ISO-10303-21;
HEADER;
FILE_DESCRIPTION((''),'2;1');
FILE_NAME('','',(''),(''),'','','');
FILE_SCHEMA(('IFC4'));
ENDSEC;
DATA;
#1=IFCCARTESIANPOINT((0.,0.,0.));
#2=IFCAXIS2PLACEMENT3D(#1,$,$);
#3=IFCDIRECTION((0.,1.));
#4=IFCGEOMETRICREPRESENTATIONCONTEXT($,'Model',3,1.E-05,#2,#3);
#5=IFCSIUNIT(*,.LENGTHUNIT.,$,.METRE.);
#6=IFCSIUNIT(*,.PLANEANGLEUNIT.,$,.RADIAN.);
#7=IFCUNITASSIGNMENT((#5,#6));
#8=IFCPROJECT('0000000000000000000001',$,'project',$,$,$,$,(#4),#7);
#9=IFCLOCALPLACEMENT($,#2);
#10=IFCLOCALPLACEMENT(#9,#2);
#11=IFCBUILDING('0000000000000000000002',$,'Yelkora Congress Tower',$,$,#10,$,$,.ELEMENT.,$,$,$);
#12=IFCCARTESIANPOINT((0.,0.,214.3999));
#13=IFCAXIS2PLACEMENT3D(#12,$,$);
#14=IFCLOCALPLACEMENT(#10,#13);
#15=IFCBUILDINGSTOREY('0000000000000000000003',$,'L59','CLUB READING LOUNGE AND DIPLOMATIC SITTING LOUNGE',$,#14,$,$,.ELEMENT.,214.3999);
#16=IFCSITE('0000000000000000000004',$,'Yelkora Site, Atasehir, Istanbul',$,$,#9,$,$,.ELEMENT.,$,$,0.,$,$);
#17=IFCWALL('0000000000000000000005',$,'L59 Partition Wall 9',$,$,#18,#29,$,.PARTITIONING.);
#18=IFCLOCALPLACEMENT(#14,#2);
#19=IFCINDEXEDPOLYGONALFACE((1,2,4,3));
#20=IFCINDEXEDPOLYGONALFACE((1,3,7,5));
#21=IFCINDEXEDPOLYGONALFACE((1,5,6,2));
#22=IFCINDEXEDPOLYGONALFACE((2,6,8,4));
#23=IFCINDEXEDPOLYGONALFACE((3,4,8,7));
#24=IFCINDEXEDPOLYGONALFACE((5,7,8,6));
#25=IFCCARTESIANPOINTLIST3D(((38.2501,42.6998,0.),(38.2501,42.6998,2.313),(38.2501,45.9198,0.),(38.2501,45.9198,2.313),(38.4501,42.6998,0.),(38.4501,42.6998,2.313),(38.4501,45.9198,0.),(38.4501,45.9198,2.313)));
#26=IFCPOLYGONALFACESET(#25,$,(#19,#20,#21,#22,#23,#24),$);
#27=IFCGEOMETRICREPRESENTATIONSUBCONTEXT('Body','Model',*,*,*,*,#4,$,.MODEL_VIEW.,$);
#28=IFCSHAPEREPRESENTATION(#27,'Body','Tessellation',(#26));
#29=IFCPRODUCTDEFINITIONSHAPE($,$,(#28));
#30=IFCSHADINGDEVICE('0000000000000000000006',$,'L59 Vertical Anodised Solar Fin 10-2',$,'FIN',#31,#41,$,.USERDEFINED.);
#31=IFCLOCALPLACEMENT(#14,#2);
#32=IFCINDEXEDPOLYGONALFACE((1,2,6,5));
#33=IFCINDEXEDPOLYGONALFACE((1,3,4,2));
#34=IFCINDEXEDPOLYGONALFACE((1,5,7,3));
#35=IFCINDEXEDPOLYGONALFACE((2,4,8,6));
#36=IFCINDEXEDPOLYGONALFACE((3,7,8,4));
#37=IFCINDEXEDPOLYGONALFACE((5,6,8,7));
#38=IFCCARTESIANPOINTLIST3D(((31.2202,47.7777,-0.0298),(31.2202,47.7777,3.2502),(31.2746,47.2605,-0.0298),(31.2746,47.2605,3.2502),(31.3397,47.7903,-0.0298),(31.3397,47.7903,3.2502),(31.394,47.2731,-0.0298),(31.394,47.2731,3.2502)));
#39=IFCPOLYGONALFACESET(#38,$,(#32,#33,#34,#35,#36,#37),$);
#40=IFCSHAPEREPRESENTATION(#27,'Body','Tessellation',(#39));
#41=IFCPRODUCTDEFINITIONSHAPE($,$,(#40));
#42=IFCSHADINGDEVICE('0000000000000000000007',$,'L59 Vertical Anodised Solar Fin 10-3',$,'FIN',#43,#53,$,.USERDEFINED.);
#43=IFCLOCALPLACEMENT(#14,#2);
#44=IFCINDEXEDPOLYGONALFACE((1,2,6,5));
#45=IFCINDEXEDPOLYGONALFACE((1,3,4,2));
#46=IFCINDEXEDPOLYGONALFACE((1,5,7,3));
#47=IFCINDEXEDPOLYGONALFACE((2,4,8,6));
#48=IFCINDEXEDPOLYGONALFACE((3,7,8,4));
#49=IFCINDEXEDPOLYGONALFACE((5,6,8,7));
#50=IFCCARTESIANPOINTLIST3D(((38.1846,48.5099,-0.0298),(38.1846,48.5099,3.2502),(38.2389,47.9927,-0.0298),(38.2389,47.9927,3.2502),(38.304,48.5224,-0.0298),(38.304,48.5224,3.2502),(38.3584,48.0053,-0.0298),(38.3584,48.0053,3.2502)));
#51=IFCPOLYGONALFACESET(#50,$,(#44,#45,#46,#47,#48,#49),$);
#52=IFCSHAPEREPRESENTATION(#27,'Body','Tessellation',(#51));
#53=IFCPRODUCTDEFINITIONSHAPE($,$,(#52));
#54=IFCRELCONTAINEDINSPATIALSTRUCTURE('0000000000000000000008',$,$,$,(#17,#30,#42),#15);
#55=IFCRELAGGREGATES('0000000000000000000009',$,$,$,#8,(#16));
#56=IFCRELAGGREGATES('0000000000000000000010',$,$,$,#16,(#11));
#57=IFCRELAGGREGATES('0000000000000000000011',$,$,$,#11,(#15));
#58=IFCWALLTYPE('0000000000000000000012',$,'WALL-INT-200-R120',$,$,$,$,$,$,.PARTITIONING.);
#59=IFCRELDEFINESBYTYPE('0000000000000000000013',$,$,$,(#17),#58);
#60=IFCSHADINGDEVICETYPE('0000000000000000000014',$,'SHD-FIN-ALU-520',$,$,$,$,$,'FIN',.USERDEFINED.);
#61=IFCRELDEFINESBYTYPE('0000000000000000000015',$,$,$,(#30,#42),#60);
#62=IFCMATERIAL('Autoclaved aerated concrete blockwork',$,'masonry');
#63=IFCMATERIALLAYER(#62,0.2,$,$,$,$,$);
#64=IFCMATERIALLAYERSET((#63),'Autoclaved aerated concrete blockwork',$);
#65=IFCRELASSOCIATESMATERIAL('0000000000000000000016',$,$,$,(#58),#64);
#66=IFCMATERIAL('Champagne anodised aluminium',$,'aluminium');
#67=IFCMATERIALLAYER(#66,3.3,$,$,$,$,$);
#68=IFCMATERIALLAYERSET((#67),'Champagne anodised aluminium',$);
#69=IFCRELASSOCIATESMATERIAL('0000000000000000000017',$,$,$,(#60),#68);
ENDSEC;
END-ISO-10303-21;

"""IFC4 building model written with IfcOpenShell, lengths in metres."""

from ifc_helpers import new_model, si_unit, direction, frame, frame_2d, origin, origin_2d, place, context, subcontext, project, spatial, rectangle, extrude, material, layer, layer_set, type_object, element, save


model = new_model("IFC4")

# Units and contexts
model_context = context("Model", 3, precision=1e-05, world=origin(), true_north=direction((0.0, 1.0)))
body_context = subcontext(model_context, "Body", "Model", "MODEL_VIEW")
ifc_project = project(units=[si_unit("LENGTHUNIT", "METRE"), si_unit("PLANEANGLEUNIT", "RADIAN")], contexts=[model_context])

# Site, building, storey
site_placement = place(None, origin())
site = spatial("IfcSite", under=ifc_project, at=site_placement, Name="Yelkora Site, Atasehir, Istanbul", CompositionType="ELEMENT", RefElevation=0.0)
building_placement = place(site_placement, origin())
building = spatial("IfcBuilding", under=site, at=building_placement, Name="Yelkora Congress Tower", CompositionType="ELEMENT")
storey_placement = place(building_placement, frame((0.0, 0.0, 214.3999)))
storey = spatial("IfcBuildingStorey", under=building, at=storey_placement, Name="L59", Description="CLUB READING LOUNGE AND DIPLOMATIC SITTING LOUNGE", CompositionType="ELEMENT", Elevation=214.3999)

# Shared definitions
ifc_material_1 = material(Name="Autoclaved aerated concrete blockwork", Category="masonry")
ifc_layer_1 = layer(ifc_material_1, 0.2)
ifc_layer_set_1 = layer_set([ifc_layer_1], Name="Autoclaved aerated concrete blockwork")
wall_type_1 = type_object("IfcWallType", Name="WALL-INT-200-R120", PredefinedType="PARTITIONING", material=ifc_layer_set_1)

# Wall
wall_1_placement = place(storey_placement, frame((38.3501, 42.7, 0.0), z_axis=(0.0, 0.0, 1.0), x_axis=(0.0, 1.0, 0.0)))
element("IfcWall", 1, at=wall_1_placement, inside=storey, type_object=wall_type_1, Name="L59 Partition Wall 9", PredefinedType="PARTITIONING", context=body_context, shape_type="SweptSolid", body=[
    extrude(rectangle(XDim=3.22, YDim=0.2, at=frame_2d((1.6099, 0.0))), origin(), (0.0, 0.0, 1.0), 2.313),
])

# Shading devices
ifc_material_2 = material(Name="Champagne anodised aluminium", Category="aluminium")
ifc_layer_2 = layer(ifc_material_2, 3.3)
ifc_layer_set_2 = layer_set([ifc_layer_2], Name="Champagne anodised aluminium")
shading_device_type = type_object("IfcShadingDeviceType", Name="SHD-FIN-ALU-520", ElementType="FIN", PredefinedType="USERDEFINED", material=ifc_layer_set_2)
for number, where, z_axis, x_axis, name in (
    (2, (31.3071, 47.5254, -0.0298), (0.0, 0.0, 1.0), (0.994522, 0.104528, 0.0), "L59 Vertical Anodised Solar Fin 10-2"),
    (3, (38.2715, 48.2576, -0.0298), (0.0, 0.0, 1.0), (0.994522, 0.104528, 0.0), "L59 Vertical Anodised Solar Fin 10-3"),
):
    element("IfcShadingDevice", number, at=place(storey_placement, frame(where, z_axis=z_axis, x_axis=x_axis)), inside=storey, type_object=shading_device_type, Name=name, ObjectType="FIN", PredefinedType="USERDEFINED", context=body_context, shape_type="SweptSolid", body=[
        extrude(rectangle(XDim=0.1201, YDim=0.52, at=origin_2d()), origin(), (0.0, 0.0, 1.0), 3.28),
    ])

save(model, "model.ifc")
